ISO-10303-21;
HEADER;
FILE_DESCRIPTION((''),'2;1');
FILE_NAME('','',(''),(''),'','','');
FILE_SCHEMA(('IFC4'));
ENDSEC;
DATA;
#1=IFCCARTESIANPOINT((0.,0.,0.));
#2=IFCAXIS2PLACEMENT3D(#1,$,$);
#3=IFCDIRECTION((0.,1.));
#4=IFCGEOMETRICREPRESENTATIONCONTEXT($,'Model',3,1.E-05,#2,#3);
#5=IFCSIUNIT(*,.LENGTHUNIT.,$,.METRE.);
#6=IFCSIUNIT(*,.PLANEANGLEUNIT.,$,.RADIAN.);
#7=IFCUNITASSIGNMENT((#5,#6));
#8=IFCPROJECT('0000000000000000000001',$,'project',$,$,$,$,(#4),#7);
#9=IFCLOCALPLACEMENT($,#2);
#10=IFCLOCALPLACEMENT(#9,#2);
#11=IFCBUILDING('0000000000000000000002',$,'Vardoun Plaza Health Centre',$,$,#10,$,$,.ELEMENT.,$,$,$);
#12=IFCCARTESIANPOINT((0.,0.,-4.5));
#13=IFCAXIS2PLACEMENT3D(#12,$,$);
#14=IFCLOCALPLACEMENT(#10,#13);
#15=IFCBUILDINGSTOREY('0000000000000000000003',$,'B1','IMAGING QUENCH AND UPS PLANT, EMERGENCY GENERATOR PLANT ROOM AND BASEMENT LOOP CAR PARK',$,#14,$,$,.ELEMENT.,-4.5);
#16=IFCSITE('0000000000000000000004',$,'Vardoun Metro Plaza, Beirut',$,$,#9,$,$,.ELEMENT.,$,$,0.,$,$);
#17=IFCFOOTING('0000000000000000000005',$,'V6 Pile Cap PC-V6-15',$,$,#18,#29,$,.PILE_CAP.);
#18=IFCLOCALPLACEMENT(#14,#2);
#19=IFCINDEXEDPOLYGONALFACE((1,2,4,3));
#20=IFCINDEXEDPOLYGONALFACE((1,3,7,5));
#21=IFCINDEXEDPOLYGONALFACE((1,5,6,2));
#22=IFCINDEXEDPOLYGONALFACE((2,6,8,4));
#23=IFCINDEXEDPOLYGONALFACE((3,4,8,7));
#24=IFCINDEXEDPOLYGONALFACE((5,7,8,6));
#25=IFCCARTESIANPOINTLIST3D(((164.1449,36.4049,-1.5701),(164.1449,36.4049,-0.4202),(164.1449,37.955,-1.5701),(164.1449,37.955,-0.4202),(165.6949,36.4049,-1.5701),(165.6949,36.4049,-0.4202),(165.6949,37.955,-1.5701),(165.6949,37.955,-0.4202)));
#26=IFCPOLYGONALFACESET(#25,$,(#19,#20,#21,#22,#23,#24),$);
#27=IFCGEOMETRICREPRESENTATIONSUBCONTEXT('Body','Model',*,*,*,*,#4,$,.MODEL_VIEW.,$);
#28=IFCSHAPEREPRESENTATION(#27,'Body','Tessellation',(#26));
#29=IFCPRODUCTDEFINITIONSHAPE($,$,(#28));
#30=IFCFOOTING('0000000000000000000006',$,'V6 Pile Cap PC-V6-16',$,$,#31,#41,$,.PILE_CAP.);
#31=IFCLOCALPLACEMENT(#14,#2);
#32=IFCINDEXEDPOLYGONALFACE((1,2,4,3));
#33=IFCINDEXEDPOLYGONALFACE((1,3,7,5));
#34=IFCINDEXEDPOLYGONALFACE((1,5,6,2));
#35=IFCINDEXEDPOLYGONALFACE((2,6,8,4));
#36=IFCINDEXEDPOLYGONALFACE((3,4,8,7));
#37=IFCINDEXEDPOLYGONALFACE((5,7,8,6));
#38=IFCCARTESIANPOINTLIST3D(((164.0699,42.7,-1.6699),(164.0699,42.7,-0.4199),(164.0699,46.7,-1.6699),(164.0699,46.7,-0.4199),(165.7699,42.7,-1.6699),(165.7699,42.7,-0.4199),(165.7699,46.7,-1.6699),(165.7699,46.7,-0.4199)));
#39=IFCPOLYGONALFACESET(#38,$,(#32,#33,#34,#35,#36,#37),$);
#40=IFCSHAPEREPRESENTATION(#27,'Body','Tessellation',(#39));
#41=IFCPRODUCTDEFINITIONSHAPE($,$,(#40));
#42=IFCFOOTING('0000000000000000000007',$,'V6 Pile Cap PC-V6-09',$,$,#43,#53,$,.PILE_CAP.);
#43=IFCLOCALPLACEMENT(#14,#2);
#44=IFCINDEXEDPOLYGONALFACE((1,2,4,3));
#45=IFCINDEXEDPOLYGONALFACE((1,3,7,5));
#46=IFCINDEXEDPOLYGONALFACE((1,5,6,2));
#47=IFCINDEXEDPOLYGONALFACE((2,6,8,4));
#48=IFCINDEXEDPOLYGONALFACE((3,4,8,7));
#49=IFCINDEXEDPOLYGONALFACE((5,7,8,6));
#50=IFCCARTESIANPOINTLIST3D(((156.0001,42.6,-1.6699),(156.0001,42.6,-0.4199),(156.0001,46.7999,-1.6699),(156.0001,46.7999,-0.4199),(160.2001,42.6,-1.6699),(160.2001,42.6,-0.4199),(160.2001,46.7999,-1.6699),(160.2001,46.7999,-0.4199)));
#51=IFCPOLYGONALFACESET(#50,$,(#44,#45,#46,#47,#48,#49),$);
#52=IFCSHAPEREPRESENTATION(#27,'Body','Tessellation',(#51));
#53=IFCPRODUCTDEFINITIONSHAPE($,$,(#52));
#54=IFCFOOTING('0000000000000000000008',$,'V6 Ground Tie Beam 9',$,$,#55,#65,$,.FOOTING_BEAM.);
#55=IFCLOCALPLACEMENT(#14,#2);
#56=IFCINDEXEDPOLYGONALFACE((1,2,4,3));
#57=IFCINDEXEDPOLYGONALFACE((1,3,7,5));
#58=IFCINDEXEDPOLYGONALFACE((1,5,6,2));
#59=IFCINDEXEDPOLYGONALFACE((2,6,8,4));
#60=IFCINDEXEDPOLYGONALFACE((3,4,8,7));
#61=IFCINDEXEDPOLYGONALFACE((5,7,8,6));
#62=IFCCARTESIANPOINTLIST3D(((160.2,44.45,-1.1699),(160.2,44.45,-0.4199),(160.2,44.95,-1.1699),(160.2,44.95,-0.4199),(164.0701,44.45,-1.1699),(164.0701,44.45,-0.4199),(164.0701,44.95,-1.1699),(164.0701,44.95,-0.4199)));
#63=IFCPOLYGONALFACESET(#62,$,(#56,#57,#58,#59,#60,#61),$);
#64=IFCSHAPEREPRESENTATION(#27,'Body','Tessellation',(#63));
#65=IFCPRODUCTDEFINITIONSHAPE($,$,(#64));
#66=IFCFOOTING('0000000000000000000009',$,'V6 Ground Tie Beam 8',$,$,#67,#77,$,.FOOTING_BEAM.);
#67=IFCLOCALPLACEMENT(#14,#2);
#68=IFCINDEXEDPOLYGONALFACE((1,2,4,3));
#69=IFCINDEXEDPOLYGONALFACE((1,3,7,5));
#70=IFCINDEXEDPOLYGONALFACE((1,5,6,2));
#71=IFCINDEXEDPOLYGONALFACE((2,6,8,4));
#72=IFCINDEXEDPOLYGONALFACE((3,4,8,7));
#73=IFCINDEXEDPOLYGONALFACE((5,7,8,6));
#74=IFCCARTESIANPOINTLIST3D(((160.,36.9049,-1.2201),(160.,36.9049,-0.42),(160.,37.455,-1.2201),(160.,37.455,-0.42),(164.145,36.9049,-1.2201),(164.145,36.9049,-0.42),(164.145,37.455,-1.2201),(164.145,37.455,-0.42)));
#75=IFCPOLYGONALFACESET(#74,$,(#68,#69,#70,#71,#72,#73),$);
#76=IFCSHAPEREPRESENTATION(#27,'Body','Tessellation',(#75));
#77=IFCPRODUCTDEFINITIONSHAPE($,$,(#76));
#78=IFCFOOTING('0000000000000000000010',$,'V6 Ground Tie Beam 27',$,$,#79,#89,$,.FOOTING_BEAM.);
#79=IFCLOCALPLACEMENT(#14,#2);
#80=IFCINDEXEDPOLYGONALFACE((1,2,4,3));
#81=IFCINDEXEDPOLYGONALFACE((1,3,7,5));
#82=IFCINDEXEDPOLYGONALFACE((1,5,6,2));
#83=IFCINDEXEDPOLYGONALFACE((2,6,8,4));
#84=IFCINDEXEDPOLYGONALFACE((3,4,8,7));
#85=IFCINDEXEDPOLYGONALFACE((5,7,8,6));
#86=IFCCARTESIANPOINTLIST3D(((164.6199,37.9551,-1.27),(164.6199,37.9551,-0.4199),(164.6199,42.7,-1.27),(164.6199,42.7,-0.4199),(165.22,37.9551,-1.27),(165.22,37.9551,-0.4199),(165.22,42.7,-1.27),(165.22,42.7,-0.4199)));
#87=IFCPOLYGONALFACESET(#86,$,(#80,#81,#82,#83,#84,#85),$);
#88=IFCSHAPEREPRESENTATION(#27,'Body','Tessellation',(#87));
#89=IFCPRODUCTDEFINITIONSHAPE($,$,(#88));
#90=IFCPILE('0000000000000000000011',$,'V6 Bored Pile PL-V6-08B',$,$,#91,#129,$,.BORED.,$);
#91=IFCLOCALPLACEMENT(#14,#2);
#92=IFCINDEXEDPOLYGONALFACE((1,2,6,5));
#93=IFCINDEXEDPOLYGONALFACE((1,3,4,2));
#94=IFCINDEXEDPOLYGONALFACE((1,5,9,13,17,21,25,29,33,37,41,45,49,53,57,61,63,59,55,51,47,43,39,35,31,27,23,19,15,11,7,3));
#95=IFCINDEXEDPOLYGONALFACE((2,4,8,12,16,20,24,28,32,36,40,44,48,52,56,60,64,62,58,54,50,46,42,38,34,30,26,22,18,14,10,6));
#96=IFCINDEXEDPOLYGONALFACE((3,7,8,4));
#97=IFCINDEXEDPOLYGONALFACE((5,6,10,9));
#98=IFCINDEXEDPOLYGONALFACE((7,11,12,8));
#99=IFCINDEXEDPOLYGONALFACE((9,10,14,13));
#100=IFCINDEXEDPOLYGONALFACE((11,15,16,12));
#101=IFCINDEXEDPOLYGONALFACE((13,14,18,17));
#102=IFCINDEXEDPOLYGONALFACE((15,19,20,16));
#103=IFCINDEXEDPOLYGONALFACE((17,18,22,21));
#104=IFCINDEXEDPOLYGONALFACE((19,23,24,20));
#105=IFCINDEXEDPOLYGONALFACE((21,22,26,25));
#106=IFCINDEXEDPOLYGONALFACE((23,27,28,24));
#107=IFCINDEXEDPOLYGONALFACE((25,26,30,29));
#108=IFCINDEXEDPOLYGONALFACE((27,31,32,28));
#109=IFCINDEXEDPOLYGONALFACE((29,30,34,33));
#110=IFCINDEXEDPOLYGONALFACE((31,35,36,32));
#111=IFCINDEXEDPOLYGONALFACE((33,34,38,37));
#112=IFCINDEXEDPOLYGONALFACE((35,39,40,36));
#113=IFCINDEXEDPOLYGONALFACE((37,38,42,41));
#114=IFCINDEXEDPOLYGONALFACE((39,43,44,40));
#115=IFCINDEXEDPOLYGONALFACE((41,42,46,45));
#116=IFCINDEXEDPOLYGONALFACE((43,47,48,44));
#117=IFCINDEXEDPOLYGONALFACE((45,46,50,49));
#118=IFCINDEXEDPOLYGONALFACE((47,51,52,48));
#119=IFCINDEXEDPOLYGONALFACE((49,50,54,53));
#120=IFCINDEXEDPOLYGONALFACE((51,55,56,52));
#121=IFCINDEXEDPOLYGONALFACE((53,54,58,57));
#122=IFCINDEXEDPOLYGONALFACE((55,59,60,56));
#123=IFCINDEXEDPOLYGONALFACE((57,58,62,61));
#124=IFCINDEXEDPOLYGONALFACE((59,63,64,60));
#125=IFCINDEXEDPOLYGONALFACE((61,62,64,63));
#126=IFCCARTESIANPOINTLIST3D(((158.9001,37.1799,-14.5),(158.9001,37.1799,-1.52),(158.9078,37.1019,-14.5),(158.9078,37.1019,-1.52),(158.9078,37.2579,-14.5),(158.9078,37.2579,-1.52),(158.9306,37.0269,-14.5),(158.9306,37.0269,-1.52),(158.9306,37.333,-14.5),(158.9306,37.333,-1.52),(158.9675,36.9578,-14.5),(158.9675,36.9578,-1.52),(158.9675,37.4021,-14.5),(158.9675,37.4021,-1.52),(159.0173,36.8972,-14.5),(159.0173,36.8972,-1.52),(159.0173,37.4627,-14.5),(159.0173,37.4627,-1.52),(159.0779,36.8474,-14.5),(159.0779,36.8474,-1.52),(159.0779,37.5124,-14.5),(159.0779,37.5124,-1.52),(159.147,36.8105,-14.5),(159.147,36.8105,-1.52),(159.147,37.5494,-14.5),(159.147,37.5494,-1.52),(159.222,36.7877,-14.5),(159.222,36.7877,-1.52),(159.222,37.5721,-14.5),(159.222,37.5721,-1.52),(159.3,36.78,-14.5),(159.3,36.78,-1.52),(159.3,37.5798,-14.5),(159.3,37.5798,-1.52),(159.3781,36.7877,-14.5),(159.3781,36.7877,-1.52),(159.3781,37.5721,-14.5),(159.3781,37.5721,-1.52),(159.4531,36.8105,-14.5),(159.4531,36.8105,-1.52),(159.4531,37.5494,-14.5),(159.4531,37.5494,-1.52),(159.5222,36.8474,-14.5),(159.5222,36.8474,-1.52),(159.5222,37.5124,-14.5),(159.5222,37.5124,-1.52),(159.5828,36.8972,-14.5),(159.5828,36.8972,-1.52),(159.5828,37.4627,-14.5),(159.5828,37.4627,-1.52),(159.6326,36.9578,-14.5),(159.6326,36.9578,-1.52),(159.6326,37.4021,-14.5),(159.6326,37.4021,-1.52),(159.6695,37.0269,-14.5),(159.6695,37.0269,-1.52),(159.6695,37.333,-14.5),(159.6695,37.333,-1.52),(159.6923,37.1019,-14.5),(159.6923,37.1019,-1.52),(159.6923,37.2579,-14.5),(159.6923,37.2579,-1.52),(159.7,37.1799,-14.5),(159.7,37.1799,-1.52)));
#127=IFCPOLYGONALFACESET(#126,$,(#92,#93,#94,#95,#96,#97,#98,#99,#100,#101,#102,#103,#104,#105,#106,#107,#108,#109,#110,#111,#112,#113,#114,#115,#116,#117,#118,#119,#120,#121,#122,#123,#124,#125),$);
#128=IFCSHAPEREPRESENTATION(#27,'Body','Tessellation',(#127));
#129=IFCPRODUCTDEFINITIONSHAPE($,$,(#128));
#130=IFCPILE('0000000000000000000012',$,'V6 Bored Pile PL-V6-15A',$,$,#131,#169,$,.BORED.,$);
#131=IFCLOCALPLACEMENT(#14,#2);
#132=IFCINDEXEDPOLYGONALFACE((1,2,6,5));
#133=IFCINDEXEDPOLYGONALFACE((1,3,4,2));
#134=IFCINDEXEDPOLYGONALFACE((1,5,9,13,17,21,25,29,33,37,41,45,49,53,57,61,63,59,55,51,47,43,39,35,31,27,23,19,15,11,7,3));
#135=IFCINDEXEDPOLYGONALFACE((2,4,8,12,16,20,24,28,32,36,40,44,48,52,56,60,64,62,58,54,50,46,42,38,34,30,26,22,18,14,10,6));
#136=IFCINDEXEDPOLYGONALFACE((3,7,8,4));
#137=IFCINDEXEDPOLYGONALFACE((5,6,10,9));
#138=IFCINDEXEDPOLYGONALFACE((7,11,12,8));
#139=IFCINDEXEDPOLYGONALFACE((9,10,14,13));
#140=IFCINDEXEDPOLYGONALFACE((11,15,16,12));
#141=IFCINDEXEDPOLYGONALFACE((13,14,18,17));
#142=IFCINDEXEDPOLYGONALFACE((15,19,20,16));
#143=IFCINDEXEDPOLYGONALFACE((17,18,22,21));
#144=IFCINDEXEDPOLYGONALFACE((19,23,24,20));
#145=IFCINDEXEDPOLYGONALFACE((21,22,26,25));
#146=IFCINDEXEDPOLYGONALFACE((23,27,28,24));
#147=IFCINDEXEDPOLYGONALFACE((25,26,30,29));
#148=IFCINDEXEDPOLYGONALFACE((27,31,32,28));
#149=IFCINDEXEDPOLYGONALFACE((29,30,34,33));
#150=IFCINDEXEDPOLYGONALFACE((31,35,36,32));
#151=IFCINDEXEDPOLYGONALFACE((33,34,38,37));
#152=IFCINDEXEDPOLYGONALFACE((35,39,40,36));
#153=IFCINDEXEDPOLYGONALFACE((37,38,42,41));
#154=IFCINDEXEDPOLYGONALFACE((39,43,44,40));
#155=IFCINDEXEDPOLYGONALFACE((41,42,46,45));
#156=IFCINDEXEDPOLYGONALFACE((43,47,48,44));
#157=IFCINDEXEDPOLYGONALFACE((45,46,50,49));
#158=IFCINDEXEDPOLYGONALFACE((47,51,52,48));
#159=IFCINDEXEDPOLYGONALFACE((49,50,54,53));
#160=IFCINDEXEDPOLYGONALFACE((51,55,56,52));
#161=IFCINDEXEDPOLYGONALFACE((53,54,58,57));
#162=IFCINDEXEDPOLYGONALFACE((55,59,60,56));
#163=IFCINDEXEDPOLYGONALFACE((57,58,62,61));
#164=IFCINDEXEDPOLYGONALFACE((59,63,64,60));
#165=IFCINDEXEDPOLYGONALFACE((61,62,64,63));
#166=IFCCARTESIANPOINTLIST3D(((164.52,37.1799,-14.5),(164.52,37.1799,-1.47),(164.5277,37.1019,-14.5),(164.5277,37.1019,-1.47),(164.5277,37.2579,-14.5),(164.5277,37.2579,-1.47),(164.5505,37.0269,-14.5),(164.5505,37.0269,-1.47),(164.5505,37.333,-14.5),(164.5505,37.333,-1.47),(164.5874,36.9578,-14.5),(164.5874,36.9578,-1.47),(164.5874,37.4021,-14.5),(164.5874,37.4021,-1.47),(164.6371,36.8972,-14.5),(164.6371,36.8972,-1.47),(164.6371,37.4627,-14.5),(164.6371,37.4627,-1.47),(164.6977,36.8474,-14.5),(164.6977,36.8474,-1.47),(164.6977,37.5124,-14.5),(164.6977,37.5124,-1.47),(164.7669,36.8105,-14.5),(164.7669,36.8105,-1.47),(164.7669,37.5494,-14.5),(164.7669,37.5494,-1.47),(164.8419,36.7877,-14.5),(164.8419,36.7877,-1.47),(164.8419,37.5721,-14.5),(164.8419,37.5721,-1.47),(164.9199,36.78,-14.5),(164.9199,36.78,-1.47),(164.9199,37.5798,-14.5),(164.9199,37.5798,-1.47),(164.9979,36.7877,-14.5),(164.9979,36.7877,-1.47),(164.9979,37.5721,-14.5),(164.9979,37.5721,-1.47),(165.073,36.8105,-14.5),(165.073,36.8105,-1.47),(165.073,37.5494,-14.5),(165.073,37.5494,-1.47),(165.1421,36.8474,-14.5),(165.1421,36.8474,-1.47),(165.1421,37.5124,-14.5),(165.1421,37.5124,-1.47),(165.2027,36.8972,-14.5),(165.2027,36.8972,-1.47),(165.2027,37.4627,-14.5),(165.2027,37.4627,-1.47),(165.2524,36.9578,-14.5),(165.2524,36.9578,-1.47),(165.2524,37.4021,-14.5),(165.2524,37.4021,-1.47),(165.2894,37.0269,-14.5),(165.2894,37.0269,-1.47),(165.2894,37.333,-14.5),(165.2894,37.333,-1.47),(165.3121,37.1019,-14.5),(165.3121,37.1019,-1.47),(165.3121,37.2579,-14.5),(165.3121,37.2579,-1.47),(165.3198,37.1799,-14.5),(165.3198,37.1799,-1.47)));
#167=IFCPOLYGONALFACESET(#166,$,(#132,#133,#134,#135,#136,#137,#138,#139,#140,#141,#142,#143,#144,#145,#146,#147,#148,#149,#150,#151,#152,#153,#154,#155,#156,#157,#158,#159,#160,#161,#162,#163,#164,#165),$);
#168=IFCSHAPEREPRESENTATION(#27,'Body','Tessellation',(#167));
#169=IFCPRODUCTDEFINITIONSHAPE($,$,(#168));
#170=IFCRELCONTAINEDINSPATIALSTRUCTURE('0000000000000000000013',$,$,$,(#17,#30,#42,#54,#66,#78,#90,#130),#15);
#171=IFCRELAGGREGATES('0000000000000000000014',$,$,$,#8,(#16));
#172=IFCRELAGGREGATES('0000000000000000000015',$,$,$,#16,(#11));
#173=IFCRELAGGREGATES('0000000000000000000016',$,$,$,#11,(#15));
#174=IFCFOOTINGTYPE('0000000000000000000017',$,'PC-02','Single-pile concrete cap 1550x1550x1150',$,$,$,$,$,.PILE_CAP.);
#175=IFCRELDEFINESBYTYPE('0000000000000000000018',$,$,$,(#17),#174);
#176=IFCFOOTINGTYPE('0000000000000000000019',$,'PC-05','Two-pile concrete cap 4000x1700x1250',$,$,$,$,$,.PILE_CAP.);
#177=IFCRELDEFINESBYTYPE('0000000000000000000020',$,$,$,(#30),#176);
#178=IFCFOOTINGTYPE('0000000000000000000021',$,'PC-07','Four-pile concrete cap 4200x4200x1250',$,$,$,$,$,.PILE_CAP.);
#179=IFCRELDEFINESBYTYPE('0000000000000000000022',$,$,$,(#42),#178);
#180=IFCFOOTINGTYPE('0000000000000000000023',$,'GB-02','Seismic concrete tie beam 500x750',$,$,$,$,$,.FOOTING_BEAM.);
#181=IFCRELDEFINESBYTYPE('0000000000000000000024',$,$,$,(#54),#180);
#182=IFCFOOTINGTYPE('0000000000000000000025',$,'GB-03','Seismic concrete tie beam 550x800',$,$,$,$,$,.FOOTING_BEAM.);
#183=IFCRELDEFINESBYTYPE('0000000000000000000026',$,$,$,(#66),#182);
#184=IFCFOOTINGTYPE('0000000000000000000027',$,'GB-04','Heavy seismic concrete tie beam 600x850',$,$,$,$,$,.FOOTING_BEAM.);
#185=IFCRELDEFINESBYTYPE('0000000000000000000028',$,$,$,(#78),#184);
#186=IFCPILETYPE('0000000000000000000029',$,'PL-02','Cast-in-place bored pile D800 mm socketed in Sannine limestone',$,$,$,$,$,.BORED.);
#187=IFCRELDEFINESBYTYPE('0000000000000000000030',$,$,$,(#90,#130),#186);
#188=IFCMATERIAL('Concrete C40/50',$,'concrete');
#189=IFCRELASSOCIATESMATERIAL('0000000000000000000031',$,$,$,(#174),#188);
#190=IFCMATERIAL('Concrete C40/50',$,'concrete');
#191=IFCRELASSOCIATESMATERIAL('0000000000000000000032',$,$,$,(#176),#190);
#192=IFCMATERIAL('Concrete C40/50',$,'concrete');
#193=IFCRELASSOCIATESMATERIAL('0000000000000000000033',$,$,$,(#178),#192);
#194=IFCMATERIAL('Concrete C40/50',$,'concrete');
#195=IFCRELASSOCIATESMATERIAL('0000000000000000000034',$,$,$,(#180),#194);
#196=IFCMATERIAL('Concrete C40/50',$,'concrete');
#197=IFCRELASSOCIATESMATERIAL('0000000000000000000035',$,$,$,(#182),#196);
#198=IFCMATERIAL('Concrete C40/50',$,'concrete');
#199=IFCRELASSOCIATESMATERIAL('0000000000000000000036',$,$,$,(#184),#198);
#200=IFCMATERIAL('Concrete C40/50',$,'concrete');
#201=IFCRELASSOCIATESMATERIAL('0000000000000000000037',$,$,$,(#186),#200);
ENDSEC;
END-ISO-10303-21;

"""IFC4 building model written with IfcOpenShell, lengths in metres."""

from ifc_helpers import new_model, si_unit, direction, frame, origin, origin_2d, place, context, subcontext, project, spatial, rectangle, circle, extrude, material, material_profile, profile_set, type_object, element, save


model = new_model("IFC4")

# Units and contexts
model_context = context("Model", 3, precision=1e-05, world=origin(), true_north=direction((0.0, 1.0)))
body_context = subcontext(model_context, "Body", "Model", "MODEL_VIEW")
ifc_project = project(units=[si_unit("LENGTHUNIT", "METRE"), si_unit("PLANEANGLEUNIT", "RADIAN")], contexts=[model_context])

# Site, building, storey
site_placement = place(None, origin())
site = spatial("IfcSite", under=ifc_project, at=site_placement, Name="Vardoun Metro Plaza, Beirut", CompositionType="ELEMENT", RefElevation=0.0)
building_placement = place(site_placement, origin())
building = spatial("IfcBuilding", under=site, at=building_placement, Name="Vardoun Plaza Health Centre", CompositionType="ELEMENT")
storey_placement = place(building_placement, frame((0.0, 0.0, -4.5)))
storey = spatial("IfcBuildingStorey", under=building, at=storey_placement, Name="B1", Description="IMAGING QUENCH AND UPS PLANT, EMERGENCY GENERATOR PLANT ROOM AND BASEMENT LOOP CAR PARK", CompositionType="ELEMENT", Elevation=-4.5)

# Footings
ifc_material_1 = material(Name="Concrete C40/50", Category="concrete")
footing_type_1 = type_object("IfcFootingType", Name="PC-02", Description="Single-pile concrete cap 1550x1550x1150", PredefinedType="PILE_CAP", material=ifc_material_1)
footing_1_placement = place(storey_placement, frame((164.9199, 37.1799, -1.5701), z_axis=(0.0, 0.0, 1.0), x_axis=(1.0, 0.0, 0.0)))
element("IfcFooting", 1, at=footing_1_placement, inside=storey, type_object=footing_type_1, Name="V6 Pile Cap PC-V6-15", PredefinedType="PILE_CAP", context=body_context, shape_type="SweptSolid", body=[
    extrude(rectangle(XDim=1.55, YDim=1.55, at=origin_2d()), origin(), (0.0, 0.0, 1.0), 1.1499),
])
ifc_material_2 = material(Name="Concrete C40/50", Category="concrete")
footing_type_2 = type_object("IfcFootingType", Name="PC-05", Description="Two-pile concrete cap 4000x1700x1250", PredefinedType="PILE_CAP", material=ifc_material_2)
footing_2_placement = place(storey_placement, frame((164.9199, 44.7, -1.6699), z_axis=(0.0, 0.0, 1.0), x_axis=(0.0, 1.0, 0.0)))
element("IfcFooting", 2, at=footing_2_placement, inside=storey, type_object=footing_type_2, Name="V6 Pile Cap PC-V6-16", PredefinedType="PILE_CAP", context=body_context, shape_type="SweptSolid", body=[
    extrude(rectangle(XDim=4.0, YDim=1.7, at=origin_2d()), origin(), (0.0, 0.0, 1.0), 1.25),
])
ifc_material_3 = material(Name="Concrete C40/50", Category="concrete")
footing_type_3 = type_object("IfcFootingType", Name="PC-07", Description="Four-pile concrete cap 4200x4200x1250", PredefinedType="PILE_CAP", material=ifc_material_3)
footing_3_placement = place(storey_placement, frame((158.1001, 44.7, -1.6699), z_axis=(0.0, 0.0, 1.0), x_axis=(1.0, 0.0, 0.0)))
element("IfcFooting", 3, at=footing_3_placement, inside=storey, type_object=footing_type_3, Name="V6 Pile Cap PC-V6-09", PredefinedType="PILE_CAP", context=body_context, shape_type="SweptSolid", body=[
    extrude(rectangle(XDim=4.2, YDim=4.2, at=origin_2d()), origin(), (0.0, 0.0, 1.0), 1.25),
])
ifc_material_4 = material(Name="Concrete C40/50", Category="concrete")
ifc_material_profile_1 = material_profile(ifc_material_4, rectangle(XDim=0.5, YDim=0.75, at=origin_2d()), Name="GB 500x750")
ifc_profile_set_1 = profile_set([ifc_material_profile_1], Name="Concrete C40/50")
footing_type_4 = type_object("IfcFootingType", Name="GB-02", Description="Seismic concrete tie beam 500x750", PredefinedType="FOOTING_BEAM", material=ifc_profile_set_1)
footing_4_placement = place(storey_placement, frame((160.2, 44.7, -0.7949), z_axis=(1.0, 0.0, 0.0), x_axis=(0.0, 1.0, 0.0)))
element("IfcFooting", 4, at=footing_4_placement, inside=storey, type_object=footing_type_4, Name="V6 Ground Tie Beam 9", PredefinedType="FOOTING_BEAM", context=body_context, shape_type="SweptSolid", body=[
    extrude(rectangle(XDim=0.5, YDim=0.75, at=origin_2d()), origin(), (0.0, 0.0, 1.0), 3.8701),
])
ifc_material_5 = material(Name="Concrete C40/50", Category="concrete")
ifc_material_profile_2 = material_profile(ifc_material_5, rectangle(XDim=0.55, YDim=0.8, at=origin_2d()), Name="GB 550x800")
ifc_profile_set_2 = profile_set([ifc_material_profile_2], Name="Concrete C40/50")
footing_type_5 = type_object("IfcFootingType", Name="GB-03", Description="Seismic concrete tie beam 550x800", PredefinedType="FOOTING_BEAM", material=ifc_profile_set_2)
footing_5_placement = place(storey_placement, frame((160.0, 37.1799, -0.8201), z_axis=(1.0, 0.0, 0.0), x_axis=(0.0, 1.0, 0.0)))
element("IfcFooting", 5, at=footing_5_placement, inside=storey, type_object=footing_type_5, Name="V6 Ground Tie Beam 8", PredefinedType="FOOTING_BEAM", context=body_context, shape_type="SweptSolid", body=[
    extrude(rectangle(XDim=0.55, YDim=0.8, at=origin_2d()), origin(), (0.0, 0.0, 1.0), 4.145),
])
ifc_material_6 = material(Name="Concrete C40/50", Category="concrete")
ifc_material_profile_3 = material_profile(ifc_material_6, rectangle(XDim=0.6001, YDim=0.8501, at=origin_2d()), Name="GB 600x850")
ifc_profile_set_3 = profile_set([ifc_material_profile_3], Name="Concrete C40/50")
footing_type_6 = type_object("IfcFootingType", Name="GB-04", Description="Heavy seismic concrete tie beam 600x850", PredefinedType="FOOTING_BEAM", material=ifc_profile_set_3)
footing_6_placement = place(storey_placement, frame((164.9199, 37.9551, -0.845), z_axis=(0.0, 1.0, 0.0), x_axis=(-1.0, 0.0, 0.0)))
element("IfcFooting", 6, at=footing_6_placement, inside=storey, type_object=footing_type_6, Name="V6 Ground Tie Beam 27", PredefinedType="FOOTING_BEAM", context=body_context, shape_type="SweptSolid", body=[
    extrude(rectangle(XDim=0.6001, YDim=0.8501, at=origin_2d()), origin(), (0.0, 0.0, 1.0), 4.7449),
])

# Piles
ifc_material_7 = material(Name="Concrete C40/50", Category="concrete")
ifc_material_profile_4 = material_profile(ifc_material_7, circle(Radius=0.3999, at=origin_2d()), Name="PILE D800")
ifc_profile_set_4 = profile_set([ifc_material_profile_4], Name="Concrete C40/50")
pile_type_1 = type_object("IfcPileType", Name="PL-02", Description="Cast-in-place bored pile D800 mm socketed in Sannine limestone", PredefinedType="BORED", material=ifc_profile_set_4)
pile_1_placement = place(storey_placement, frame((159.3, 37.1799, -1.52), z_axis=(0.0, 0.0, -1.0), x_axis=(1.0, 0.0, 0.0)))
element("IfcPile", 7, at=pile_1_placement, inside=storey, type_object=pile_type_1, Name="V6 Bored Pile PL-V6-08B", PredefinedType="BORED", context=body_context, shape_type="SweptSolid", body=[
    extrude(circle(Radius=0.3999, at=origin_2d()), origin(), (0.0, 0.0, 1.0), 12.98),
])
pile_2_placement = place(storey_placement, frame((164.9199, 37.1799, -1.47), z_axis=(0.0, 0.0, -1.0), x_axis=(1.0, 0.0, 0.0)))
element("IfcPile", 8, at=pile_2_placement, inside=storey, type_object=pile_type_1, Name="V6 Bored Pile PL-V6-15A", PredefinedType="BORED", context=body_context, shape_type="SweptSolid", body=[
    extrude(circle(Radius=0.3999, at=origin_2d()), origin(), (0.0, 0.0, 1.0), 13.03),
])

save(model, "model.ifc")
